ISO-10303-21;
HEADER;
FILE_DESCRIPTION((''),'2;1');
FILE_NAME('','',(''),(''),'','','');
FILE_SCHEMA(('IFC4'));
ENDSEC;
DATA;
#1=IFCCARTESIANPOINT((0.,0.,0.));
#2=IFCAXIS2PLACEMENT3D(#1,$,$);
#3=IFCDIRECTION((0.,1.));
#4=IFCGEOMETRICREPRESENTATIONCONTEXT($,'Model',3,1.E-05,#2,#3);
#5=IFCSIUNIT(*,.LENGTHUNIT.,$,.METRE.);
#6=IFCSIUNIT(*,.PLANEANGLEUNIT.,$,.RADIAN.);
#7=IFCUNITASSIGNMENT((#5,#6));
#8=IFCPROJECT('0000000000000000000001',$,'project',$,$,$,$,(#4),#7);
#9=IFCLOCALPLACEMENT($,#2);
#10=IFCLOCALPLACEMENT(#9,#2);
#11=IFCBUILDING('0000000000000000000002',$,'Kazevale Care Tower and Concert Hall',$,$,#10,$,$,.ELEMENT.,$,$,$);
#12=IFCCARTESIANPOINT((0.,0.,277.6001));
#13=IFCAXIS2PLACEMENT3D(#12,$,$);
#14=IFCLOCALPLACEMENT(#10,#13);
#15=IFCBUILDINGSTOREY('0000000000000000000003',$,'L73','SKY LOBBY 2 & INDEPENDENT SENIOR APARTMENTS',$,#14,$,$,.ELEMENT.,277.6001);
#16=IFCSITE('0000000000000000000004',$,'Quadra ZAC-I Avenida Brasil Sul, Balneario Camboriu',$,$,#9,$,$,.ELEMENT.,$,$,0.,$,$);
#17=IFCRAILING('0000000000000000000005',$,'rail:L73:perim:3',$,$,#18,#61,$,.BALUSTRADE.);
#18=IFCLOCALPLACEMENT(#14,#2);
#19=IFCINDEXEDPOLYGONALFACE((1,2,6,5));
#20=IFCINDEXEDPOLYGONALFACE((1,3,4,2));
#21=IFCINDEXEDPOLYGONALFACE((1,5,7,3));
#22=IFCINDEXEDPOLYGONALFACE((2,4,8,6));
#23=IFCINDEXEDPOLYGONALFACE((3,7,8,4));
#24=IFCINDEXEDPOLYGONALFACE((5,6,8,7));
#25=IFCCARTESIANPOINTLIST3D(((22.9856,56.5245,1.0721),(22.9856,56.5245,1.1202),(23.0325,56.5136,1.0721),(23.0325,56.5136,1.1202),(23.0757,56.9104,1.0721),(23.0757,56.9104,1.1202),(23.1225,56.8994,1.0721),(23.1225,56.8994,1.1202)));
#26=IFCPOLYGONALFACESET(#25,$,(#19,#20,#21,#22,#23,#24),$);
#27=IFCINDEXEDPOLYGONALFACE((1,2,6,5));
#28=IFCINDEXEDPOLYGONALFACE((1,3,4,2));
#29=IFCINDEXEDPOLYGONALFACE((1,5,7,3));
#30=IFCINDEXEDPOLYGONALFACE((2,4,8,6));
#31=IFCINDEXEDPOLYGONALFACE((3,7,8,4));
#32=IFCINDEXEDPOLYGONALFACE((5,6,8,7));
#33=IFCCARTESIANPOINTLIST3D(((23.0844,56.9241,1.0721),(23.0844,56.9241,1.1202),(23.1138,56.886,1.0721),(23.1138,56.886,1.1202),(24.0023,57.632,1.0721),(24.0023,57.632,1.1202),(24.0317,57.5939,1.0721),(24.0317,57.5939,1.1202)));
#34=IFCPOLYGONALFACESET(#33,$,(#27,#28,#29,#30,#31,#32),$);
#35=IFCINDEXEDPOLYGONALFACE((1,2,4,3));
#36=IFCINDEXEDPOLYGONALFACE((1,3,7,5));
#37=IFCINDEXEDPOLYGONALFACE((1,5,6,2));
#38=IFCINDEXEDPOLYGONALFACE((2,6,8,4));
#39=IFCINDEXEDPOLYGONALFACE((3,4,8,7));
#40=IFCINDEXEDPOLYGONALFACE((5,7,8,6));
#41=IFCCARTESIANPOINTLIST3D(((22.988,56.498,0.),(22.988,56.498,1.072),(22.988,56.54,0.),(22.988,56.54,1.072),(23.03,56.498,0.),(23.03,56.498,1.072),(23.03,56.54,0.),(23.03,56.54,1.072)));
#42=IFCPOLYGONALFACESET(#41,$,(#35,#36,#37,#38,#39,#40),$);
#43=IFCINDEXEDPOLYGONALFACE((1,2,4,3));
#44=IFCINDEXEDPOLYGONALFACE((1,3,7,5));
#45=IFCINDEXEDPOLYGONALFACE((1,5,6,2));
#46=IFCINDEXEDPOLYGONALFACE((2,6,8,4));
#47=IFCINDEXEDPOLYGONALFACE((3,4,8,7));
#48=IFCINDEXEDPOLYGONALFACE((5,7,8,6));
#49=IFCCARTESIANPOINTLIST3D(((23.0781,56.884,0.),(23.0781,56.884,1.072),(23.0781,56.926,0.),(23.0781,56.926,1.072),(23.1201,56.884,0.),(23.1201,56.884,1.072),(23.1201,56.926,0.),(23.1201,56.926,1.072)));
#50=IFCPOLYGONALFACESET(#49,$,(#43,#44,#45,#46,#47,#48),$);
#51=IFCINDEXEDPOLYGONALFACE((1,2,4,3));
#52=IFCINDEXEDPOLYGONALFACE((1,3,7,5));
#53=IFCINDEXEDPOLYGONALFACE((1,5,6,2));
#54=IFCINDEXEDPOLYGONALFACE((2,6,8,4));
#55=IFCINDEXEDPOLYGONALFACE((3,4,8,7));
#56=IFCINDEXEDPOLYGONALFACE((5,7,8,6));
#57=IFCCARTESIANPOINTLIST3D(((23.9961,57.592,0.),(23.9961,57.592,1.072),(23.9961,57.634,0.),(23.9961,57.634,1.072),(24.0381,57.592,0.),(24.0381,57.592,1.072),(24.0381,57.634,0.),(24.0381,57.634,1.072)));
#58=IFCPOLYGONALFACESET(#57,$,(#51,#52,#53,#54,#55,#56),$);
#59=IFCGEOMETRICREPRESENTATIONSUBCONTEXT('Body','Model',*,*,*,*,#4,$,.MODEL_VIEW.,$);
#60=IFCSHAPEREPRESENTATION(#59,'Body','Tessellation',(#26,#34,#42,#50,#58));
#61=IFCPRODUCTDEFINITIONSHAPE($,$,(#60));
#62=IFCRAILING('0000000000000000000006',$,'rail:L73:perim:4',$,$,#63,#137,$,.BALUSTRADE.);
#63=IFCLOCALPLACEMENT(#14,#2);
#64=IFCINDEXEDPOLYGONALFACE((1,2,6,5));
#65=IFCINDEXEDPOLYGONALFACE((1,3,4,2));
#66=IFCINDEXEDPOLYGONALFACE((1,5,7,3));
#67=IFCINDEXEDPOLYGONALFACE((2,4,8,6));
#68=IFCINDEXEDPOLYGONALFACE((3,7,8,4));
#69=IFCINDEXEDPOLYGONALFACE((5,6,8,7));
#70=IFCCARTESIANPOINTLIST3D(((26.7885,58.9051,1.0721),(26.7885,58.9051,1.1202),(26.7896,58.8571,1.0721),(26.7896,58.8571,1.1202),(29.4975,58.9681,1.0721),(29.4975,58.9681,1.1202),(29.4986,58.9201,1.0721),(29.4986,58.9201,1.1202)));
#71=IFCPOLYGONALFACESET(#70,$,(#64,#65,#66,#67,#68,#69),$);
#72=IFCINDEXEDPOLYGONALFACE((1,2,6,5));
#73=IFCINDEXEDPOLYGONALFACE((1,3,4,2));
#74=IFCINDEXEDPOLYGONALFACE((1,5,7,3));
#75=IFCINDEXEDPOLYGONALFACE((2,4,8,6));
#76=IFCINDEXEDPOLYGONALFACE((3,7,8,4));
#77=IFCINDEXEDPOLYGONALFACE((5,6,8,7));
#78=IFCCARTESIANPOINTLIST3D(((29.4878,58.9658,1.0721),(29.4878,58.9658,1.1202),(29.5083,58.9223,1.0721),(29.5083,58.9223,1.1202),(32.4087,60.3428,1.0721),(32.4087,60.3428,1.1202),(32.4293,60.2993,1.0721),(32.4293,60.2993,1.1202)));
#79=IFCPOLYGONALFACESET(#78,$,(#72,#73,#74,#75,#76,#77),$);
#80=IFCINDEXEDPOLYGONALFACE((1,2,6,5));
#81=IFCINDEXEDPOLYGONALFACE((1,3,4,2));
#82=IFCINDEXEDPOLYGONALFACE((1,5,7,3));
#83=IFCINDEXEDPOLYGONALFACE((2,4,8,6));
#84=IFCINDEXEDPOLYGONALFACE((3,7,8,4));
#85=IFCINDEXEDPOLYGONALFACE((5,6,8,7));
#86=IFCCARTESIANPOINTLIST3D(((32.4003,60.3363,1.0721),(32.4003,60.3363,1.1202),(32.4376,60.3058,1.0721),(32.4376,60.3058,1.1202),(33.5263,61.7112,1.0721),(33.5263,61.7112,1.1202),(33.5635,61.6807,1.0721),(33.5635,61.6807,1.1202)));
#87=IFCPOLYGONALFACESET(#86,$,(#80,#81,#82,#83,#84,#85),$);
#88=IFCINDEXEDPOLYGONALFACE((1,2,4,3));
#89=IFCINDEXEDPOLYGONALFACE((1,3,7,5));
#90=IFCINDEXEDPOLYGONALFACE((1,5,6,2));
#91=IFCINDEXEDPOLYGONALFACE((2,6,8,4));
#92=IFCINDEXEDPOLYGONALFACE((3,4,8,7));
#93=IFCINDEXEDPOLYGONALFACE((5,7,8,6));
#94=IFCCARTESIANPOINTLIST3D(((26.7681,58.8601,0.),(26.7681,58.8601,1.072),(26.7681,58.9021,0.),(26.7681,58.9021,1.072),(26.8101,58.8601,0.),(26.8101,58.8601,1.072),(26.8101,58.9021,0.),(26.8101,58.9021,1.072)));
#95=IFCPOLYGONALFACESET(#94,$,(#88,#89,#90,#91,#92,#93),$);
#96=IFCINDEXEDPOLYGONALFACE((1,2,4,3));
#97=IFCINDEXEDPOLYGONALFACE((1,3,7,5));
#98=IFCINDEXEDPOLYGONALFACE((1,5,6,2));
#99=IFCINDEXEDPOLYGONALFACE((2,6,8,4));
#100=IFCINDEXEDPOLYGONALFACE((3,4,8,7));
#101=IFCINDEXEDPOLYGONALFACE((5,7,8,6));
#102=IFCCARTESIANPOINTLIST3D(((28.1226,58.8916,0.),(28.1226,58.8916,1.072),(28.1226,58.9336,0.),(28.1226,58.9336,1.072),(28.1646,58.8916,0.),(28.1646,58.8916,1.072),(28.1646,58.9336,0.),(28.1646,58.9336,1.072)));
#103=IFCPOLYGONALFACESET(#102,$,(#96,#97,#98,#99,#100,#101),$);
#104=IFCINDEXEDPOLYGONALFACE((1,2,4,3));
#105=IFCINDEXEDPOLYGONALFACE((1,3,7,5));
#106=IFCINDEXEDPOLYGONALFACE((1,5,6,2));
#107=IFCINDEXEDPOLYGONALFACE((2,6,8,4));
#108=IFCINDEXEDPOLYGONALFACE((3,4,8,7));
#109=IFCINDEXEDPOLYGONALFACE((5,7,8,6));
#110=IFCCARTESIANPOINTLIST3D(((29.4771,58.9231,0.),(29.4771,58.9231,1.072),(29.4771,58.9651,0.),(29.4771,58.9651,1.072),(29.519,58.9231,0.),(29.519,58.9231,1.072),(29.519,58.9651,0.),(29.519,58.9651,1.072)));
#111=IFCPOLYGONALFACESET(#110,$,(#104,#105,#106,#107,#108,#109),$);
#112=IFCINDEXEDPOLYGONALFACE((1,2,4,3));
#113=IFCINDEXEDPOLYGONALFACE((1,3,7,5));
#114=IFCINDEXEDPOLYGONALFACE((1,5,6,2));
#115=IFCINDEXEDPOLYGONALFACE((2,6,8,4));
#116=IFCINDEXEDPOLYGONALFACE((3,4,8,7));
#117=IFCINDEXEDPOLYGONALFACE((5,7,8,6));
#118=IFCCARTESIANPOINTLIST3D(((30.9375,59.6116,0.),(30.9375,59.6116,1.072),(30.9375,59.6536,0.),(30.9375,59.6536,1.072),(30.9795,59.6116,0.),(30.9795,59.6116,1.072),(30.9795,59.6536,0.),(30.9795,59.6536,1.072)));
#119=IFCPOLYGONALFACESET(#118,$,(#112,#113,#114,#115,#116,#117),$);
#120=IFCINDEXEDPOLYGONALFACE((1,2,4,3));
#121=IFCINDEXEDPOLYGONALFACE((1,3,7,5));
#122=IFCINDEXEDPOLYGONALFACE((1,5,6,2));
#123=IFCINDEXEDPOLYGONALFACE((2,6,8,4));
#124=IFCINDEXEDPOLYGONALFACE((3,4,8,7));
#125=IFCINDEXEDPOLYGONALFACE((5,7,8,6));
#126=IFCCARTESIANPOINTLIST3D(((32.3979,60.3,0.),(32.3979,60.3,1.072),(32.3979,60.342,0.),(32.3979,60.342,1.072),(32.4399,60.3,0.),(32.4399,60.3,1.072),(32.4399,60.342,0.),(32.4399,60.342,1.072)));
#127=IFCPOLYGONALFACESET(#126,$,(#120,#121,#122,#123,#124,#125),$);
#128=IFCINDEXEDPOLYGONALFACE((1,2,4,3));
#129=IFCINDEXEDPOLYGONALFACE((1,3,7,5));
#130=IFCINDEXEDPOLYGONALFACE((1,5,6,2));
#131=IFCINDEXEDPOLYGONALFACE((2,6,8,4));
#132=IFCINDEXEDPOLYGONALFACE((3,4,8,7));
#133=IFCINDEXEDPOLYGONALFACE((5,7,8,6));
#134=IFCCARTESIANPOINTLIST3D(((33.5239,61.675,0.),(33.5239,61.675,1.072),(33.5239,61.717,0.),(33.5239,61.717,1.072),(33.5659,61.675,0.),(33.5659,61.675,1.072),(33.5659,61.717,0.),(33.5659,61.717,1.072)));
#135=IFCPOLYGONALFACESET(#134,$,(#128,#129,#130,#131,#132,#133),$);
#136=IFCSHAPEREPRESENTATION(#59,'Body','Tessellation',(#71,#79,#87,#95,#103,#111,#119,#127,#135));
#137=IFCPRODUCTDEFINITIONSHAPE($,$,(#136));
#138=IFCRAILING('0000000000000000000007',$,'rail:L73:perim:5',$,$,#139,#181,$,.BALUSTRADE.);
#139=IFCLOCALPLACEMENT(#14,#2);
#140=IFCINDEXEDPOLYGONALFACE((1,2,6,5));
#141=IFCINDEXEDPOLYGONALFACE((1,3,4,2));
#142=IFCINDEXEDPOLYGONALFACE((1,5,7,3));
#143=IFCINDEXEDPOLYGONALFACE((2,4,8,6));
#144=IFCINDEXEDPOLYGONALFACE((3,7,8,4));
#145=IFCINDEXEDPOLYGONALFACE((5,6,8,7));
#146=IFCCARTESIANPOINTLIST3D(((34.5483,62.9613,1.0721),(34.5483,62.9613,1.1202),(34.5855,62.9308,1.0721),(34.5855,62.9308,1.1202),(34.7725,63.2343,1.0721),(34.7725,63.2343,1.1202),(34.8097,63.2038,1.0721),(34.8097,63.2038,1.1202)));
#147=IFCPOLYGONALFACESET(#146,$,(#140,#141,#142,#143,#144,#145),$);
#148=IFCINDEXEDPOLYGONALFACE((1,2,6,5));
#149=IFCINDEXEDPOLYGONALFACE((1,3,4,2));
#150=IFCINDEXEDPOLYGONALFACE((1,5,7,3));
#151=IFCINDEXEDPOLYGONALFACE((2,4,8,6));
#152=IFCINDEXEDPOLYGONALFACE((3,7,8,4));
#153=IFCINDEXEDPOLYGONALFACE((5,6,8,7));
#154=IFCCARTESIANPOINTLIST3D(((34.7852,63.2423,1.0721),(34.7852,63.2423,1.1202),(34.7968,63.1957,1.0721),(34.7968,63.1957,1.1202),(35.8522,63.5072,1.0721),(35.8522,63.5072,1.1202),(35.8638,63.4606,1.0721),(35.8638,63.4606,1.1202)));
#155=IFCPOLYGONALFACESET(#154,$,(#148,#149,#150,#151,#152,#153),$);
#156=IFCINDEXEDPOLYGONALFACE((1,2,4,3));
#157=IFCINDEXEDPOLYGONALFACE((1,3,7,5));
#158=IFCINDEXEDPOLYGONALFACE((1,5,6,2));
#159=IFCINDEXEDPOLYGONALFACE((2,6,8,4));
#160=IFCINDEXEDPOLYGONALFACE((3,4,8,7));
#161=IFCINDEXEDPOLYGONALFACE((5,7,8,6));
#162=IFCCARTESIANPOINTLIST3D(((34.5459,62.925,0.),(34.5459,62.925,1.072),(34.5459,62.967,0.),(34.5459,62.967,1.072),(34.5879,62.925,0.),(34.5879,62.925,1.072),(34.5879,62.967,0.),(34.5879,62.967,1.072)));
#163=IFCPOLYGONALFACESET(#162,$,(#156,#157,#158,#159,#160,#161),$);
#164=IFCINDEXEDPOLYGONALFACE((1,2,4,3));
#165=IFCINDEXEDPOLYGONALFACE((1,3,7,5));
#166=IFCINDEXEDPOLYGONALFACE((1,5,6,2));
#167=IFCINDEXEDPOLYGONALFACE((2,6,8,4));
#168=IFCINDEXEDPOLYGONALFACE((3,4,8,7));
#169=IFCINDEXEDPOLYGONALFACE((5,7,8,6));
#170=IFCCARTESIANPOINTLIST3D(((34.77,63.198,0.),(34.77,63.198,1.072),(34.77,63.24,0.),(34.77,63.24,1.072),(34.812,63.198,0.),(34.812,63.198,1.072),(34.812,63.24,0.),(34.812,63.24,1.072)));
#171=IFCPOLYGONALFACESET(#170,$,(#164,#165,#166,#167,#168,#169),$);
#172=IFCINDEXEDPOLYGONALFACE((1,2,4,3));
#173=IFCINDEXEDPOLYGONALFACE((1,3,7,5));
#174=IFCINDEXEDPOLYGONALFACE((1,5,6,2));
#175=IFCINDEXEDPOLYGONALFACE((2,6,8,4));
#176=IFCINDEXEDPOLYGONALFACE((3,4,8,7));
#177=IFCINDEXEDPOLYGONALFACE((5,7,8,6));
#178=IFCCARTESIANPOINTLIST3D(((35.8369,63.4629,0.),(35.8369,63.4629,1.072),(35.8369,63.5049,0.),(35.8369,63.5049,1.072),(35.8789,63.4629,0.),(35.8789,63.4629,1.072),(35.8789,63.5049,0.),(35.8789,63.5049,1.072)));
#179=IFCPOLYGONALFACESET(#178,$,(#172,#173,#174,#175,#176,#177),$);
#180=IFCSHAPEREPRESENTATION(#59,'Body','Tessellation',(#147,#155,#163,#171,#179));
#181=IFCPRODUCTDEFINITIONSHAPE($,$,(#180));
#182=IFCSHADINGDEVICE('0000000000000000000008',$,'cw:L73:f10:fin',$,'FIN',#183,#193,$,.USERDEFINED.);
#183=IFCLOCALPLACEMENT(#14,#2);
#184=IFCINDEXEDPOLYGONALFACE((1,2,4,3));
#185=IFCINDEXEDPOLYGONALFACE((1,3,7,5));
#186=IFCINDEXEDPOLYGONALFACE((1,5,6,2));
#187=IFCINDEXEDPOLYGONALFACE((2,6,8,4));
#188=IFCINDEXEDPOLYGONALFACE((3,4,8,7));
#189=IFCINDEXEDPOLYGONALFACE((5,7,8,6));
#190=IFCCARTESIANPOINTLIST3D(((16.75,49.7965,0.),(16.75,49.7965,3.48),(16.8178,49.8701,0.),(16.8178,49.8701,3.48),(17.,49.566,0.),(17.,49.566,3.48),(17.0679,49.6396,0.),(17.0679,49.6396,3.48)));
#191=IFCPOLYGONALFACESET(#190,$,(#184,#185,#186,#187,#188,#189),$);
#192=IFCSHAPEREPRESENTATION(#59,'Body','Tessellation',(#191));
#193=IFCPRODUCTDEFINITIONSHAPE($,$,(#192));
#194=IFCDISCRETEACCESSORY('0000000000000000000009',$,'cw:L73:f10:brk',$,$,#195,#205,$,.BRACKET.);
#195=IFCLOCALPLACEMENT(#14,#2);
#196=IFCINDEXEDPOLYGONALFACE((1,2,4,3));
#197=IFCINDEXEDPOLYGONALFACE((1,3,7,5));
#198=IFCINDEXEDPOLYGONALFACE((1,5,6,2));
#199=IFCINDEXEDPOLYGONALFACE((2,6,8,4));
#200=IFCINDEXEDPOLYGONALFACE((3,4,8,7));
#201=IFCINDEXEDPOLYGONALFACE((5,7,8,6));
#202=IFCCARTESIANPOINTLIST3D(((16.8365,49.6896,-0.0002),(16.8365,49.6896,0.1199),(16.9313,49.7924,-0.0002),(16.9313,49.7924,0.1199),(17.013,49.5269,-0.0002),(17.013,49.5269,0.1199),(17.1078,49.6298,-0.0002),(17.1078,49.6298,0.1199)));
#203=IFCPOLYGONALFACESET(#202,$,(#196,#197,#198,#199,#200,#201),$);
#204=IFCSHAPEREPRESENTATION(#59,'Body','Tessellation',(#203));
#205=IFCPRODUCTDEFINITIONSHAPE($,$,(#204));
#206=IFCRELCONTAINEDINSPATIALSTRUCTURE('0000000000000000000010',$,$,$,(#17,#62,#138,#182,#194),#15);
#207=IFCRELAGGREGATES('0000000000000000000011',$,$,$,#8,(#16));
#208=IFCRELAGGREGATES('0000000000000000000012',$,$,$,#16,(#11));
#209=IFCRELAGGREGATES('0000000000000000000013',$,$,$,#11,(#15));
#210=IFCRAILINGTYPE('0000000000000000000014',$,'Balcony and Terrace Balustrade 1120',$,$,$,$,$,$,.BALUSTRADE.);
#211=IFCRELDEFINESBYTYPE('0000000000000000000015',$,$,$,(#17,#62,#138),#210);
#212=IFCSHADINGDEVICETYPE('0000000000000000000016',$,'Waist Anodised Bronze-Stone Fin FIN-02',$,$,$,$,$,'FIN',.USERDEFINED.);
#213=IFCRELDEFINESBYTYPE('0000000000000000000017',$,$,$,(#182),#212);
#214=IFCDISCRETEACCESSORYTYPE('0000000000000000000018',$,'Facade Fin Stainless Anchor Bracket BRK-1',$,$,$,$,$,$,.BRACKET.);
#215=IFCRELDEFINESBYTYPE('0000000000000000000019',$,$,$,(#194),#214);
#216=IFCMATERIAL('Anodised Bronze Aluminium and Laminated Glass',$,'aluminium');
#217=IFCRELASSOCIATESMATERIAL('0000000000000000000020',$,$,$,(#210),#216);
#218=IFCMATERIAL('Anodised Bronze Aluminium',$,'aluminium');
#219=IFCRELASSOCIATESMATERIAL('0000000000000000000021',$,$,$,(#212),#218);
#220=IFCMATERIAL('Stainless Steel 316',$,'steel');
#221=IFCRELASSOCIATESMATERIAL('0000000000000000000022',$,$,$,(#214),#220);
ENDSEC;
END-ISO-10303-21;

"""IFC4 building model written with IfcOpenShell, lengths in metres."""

from ifc_helpers import new_model, si_unit, direction, frame, origin, origin_2d, place, context, subcontext, project, spatial, rectangle, extrude, material, type_object, element, save


model = new_model("IFC4")

# Units and contexts
model_context = context("Model", 3, precision=1e-05, world=origin(), true_north=direction((0.0, 1.0)))
body_context = subcontext(model_context, "Body", "Model", "MODEL_VIEW")
ifc_project = project(units=[si_unit("LENGTHUNIT", "METRE"), si_unit("PLANEANGLEUNIT", "RADIAN")], contexts=[model_context])

# Site, building, storey
site_placement = place(None, origin())
site = spatial("IfcSite", under=ifc_project, at=site_placement, Name="Quadra ZAC-I Avenida Brasil Sul, Balneario Camboriu", CompositionType="ELEMENT", RefElevation=0.0)
building_placement = place(site_placement, origin())
building = spatial("IfcBuilding", under=site, at=building_placement, Name="Kazevale Care Tower and Concert Hall", CompositionType="ELEMENT")
storey_placement = place(building_placement, frame((0.0, 0.0, 277.6001)))
storey = spatial("IfcBuildingStorey", under=building, at=storey_placement, Name="L73", Description="SKY LOBBY 2 & INDEPENDENT SENIOR APARTMENTS", CompositionType="ELEMENT", Elevation=277.6001)

# Railings
ifc_material_1 = material(Name="Anodised Bronze Aluminium and Laminated Glass", Category="aluminium")
railing_type = type_object("IfcRailingType", Name="Balcony and Terrace Balustrade 1120", PredefinedType="BALUSTRADE", material=ifc_material_1)
railing_1_placement = place(storey_placement, frame((23.009, 56.519, 0.0)))
element("IfcRailing", 1, at=railing_1_placement, inside=storey, type_object=railing_type, Name="rail:L73:perim:3", PredefinedType="BALUSTRADE", context=body_context, shape_type="SweptSolid", body=[
    extrude(rectangle(XDim=0.0481, YDim=0.0481, at=origin_2d()), frame((0.0, 0.0, 1.0962), z_axis=(0.227288, 0.973828, 0.0), x_axis=(-0.973828, 0.227288, 0.0)), (0.0, 0.0, 1.0), 0.3962),
    extrude(rectangle(XDim=0.0481, YDim=0.0481, at=origin_2d()), frame((0.0901, 0.386, 1.0962), z_axis=(0.79184, 0.610728, 0.0), x_axis=(-0.610728, 0.79184, 0.0)), (0.0, 0.0, 1.0), 1.1592),
    extrude(rectangle(XDim=0.042, YDim=0.042, at=origin_2d()), origin(), (0.0, 0.0, 1.0), 1.072),
    extrude(rectangle(XDim=0.042, YDim=0.042, at=origin_2d()), frame((0.0901, 0.386, 0.0)), (0.0, 0.0, 1.0), 1.072),
    extrude(rectangle(XDim=0.042, YDim=0.042, at=origin_2d()), frame((1.0081, 1.094, 0.0)), (0.0, 0.0, 1.0), 1.072),
])
railing_2_placement = place(storey_placement, frame((26.7891, 58.8811, 0.0)))
element("IfcRailing", 2, at=railing_2_placement, inside=storey, type_object=railing_type, Name="rail:L73:perim:4", PredefinedType="BALUSTRADE", context=body_context, shape_type="SweptSolid", body=[
    extrude(rectangle(XDim=0.0481, YDim=0.0481, at=origin_2d()), frame((0.0, 0.0, 1.0962), z_axis=(0.99973, 0.023245, 0.0), x_axis=(-0.023245, 0.99973, 0.0)), (0.0, 0.0, 1.0), 2.7097),
    extrude(rectangle(XDim=0.0481, YDim=0.0481, at=origin_2d()), frame((2.709, 0.063, 1.0962), z_axis=(0.904531, 0.426409, 0.0), x_axis=(-0.426409, 0.904531, 0.0)), (0.0, 0.0, 1.0), 3.2292),
    extrude(rectangle(XDim=0.0481, YDim=0.0481, at=origin_2d()), frame((5.6299, 1.4399, 1.0962), z_axis=(0.633567, 0.773688, 0.0), x_axis=(-0.773688, 0.633567, 0.0)), (0.0, 0.0, 1.0), 1.7771),
    extrude(rectangle(XDim=0.042, YDim=0.042, at=origin_2d()), origin(), (0.0, 0.0, 1.0), 1.072),
    extrude(rectangle(XDim=0.042, YDim=0.042, at=origin_2d()), frame((1.3545, 0.0315, 0.0)), (0.0, 0.0, 1.0), 1.072),
    extrude(rectangle(XDim=0.042, YDim=0.042, at=origin_2d()), frame((2.709, 0.063, 0.0)), (0.0, 0.0, 1.0), 1.072),
    extrude(rectangle(XDim=0.042, YDim=0.042, at=origin_2d()), frame((4.1694, 0.7515, 0.0)), (0.0, 0.0, 1.0), 1.072),
    extrude(rectangle(XDim=0.042, YDim=0.042, at=origin_2d()), frame((5.6299, 1.4399, 0.0)), (0.0, 0.0, 1.0), 1.072),
    extrude(rectangle(XDim=0.042, YDim=0.042, at=origin_2d()), frame((6.7559, 2.8149, 0.0)), (0.0, 0.0, 1.0), 1.072),
])
railing_3_placement = place(storey_placement, frame((34.5669, 62.946, 0.0)))
element("IfcRailing", 3, at=railing_3_placement, inside=storey, type_object=railing_type, Name="rail:L73:perim:5", PredefinedType="BALUSTRADE", context=body_context, shape_type="SweptSolid", body=[
    extrude(rectangle(XDim=0.0481, YDim=0.0481, at=origin_2d()), frame((0.0, 0.0, 1.0962), z_axis=(0.634592, 0.772847, 0.0), x_axis=(-0.772847, 0.634592, 0.0)), (0.0, 0.0, 1.0), 0.3533),
    extrude(rectangle(XDim=0.0481, YDim=0.0481, at=origin_2d()), frame((0.2241, 0.2729, 1.0962), z_axis=(0.970533, 0.240968, 0.0), x_axis=(-0.240968, 0.970533, 0.0)), (0.0, 0.0, 1.0), 1.0994),
    extrude(rectangle(XDim=0.042, YDim=0.042, at=origin_2d()), origin(), (0.0, 0.0, 1.0), 1.072),
    extrude(rectangle(XDim=0.042, YDim=0.042, at=origin_2d()), frame((0.2241, 0.2729, 0.0)), (0.0, 0.0, 1.0), 1.072),
    extrude(rectangle(XDim=0.042, YDim=0.042, at=origin_2d()), frame((1.291, 0.5378, 0.0)), (0.0, 0.0, 1.0), 1.072),
])

# Shading device
ifc_material_2 = material(Name="Anodised Bronze Aluminium", Category="aluminium")
shading_device_type = type_object("IfcShadingDeviceType", Name="Waist Anodised Bronze-Stone Fin FIN-02", ElementType="FIN", PredefinedType="USERDEFINED", material=ifc_material_2)
shading_device_placement = place(storey_placement, frame((16.9089, 49.718, 0.0), z_axis=(0.0, 0.0, 1.0), x_axis=(-0.73527, 0.677775, 0.0)))
element("IfcShadingDevice", 4, at=shading_device_placement, inside=storey, type_object=shading_device_type, Name="cw:L73:f10:fin", ObjectType="FIN", PredefinedType="USERDEFINED", context=body_context, shape_type="SweptSolid", body=[
    extrude(rectangle(XDim=0.3401, YDim=0.1001, at=origin_2d()), origin(), (0.0, 0.0, 1.0), 3.48),
])

# Discrete accessory
ifc_material_3 = material(Name="Stainless Steel 316", Category="steel")
discrete_accessory_type = type_object("IfcDiscreteAccessoryType", Name="Facade Fin Stainless Anchor Bracket BRK-1", PredefinedType="BRACKET", material=ifc_material_3)
discrete_accessory_placement = place(storey_placement, frame((16.9722, 49.6597, -0.0002), z_axis=(0.0, 0.0, 1.0), x_axis=(-0.73527, 0.677775, 0.0)))
element("IfcDiscreteAccessory", 5, at=discrete_accessory_placement, inside=storey, type_object=discrete_accessory_type, Name="cw:L73:f10:brk", PredefinedType="BRACKET", context=body_context, shape_type="SweptSolid", body=[
    extrude(rectangle(XDim=0.24, YDim=0.1399, at=origin_2d()), origin(), (0.0, 0.0, 1.0), 0.1201),
])

save(model, "model.ifc")
